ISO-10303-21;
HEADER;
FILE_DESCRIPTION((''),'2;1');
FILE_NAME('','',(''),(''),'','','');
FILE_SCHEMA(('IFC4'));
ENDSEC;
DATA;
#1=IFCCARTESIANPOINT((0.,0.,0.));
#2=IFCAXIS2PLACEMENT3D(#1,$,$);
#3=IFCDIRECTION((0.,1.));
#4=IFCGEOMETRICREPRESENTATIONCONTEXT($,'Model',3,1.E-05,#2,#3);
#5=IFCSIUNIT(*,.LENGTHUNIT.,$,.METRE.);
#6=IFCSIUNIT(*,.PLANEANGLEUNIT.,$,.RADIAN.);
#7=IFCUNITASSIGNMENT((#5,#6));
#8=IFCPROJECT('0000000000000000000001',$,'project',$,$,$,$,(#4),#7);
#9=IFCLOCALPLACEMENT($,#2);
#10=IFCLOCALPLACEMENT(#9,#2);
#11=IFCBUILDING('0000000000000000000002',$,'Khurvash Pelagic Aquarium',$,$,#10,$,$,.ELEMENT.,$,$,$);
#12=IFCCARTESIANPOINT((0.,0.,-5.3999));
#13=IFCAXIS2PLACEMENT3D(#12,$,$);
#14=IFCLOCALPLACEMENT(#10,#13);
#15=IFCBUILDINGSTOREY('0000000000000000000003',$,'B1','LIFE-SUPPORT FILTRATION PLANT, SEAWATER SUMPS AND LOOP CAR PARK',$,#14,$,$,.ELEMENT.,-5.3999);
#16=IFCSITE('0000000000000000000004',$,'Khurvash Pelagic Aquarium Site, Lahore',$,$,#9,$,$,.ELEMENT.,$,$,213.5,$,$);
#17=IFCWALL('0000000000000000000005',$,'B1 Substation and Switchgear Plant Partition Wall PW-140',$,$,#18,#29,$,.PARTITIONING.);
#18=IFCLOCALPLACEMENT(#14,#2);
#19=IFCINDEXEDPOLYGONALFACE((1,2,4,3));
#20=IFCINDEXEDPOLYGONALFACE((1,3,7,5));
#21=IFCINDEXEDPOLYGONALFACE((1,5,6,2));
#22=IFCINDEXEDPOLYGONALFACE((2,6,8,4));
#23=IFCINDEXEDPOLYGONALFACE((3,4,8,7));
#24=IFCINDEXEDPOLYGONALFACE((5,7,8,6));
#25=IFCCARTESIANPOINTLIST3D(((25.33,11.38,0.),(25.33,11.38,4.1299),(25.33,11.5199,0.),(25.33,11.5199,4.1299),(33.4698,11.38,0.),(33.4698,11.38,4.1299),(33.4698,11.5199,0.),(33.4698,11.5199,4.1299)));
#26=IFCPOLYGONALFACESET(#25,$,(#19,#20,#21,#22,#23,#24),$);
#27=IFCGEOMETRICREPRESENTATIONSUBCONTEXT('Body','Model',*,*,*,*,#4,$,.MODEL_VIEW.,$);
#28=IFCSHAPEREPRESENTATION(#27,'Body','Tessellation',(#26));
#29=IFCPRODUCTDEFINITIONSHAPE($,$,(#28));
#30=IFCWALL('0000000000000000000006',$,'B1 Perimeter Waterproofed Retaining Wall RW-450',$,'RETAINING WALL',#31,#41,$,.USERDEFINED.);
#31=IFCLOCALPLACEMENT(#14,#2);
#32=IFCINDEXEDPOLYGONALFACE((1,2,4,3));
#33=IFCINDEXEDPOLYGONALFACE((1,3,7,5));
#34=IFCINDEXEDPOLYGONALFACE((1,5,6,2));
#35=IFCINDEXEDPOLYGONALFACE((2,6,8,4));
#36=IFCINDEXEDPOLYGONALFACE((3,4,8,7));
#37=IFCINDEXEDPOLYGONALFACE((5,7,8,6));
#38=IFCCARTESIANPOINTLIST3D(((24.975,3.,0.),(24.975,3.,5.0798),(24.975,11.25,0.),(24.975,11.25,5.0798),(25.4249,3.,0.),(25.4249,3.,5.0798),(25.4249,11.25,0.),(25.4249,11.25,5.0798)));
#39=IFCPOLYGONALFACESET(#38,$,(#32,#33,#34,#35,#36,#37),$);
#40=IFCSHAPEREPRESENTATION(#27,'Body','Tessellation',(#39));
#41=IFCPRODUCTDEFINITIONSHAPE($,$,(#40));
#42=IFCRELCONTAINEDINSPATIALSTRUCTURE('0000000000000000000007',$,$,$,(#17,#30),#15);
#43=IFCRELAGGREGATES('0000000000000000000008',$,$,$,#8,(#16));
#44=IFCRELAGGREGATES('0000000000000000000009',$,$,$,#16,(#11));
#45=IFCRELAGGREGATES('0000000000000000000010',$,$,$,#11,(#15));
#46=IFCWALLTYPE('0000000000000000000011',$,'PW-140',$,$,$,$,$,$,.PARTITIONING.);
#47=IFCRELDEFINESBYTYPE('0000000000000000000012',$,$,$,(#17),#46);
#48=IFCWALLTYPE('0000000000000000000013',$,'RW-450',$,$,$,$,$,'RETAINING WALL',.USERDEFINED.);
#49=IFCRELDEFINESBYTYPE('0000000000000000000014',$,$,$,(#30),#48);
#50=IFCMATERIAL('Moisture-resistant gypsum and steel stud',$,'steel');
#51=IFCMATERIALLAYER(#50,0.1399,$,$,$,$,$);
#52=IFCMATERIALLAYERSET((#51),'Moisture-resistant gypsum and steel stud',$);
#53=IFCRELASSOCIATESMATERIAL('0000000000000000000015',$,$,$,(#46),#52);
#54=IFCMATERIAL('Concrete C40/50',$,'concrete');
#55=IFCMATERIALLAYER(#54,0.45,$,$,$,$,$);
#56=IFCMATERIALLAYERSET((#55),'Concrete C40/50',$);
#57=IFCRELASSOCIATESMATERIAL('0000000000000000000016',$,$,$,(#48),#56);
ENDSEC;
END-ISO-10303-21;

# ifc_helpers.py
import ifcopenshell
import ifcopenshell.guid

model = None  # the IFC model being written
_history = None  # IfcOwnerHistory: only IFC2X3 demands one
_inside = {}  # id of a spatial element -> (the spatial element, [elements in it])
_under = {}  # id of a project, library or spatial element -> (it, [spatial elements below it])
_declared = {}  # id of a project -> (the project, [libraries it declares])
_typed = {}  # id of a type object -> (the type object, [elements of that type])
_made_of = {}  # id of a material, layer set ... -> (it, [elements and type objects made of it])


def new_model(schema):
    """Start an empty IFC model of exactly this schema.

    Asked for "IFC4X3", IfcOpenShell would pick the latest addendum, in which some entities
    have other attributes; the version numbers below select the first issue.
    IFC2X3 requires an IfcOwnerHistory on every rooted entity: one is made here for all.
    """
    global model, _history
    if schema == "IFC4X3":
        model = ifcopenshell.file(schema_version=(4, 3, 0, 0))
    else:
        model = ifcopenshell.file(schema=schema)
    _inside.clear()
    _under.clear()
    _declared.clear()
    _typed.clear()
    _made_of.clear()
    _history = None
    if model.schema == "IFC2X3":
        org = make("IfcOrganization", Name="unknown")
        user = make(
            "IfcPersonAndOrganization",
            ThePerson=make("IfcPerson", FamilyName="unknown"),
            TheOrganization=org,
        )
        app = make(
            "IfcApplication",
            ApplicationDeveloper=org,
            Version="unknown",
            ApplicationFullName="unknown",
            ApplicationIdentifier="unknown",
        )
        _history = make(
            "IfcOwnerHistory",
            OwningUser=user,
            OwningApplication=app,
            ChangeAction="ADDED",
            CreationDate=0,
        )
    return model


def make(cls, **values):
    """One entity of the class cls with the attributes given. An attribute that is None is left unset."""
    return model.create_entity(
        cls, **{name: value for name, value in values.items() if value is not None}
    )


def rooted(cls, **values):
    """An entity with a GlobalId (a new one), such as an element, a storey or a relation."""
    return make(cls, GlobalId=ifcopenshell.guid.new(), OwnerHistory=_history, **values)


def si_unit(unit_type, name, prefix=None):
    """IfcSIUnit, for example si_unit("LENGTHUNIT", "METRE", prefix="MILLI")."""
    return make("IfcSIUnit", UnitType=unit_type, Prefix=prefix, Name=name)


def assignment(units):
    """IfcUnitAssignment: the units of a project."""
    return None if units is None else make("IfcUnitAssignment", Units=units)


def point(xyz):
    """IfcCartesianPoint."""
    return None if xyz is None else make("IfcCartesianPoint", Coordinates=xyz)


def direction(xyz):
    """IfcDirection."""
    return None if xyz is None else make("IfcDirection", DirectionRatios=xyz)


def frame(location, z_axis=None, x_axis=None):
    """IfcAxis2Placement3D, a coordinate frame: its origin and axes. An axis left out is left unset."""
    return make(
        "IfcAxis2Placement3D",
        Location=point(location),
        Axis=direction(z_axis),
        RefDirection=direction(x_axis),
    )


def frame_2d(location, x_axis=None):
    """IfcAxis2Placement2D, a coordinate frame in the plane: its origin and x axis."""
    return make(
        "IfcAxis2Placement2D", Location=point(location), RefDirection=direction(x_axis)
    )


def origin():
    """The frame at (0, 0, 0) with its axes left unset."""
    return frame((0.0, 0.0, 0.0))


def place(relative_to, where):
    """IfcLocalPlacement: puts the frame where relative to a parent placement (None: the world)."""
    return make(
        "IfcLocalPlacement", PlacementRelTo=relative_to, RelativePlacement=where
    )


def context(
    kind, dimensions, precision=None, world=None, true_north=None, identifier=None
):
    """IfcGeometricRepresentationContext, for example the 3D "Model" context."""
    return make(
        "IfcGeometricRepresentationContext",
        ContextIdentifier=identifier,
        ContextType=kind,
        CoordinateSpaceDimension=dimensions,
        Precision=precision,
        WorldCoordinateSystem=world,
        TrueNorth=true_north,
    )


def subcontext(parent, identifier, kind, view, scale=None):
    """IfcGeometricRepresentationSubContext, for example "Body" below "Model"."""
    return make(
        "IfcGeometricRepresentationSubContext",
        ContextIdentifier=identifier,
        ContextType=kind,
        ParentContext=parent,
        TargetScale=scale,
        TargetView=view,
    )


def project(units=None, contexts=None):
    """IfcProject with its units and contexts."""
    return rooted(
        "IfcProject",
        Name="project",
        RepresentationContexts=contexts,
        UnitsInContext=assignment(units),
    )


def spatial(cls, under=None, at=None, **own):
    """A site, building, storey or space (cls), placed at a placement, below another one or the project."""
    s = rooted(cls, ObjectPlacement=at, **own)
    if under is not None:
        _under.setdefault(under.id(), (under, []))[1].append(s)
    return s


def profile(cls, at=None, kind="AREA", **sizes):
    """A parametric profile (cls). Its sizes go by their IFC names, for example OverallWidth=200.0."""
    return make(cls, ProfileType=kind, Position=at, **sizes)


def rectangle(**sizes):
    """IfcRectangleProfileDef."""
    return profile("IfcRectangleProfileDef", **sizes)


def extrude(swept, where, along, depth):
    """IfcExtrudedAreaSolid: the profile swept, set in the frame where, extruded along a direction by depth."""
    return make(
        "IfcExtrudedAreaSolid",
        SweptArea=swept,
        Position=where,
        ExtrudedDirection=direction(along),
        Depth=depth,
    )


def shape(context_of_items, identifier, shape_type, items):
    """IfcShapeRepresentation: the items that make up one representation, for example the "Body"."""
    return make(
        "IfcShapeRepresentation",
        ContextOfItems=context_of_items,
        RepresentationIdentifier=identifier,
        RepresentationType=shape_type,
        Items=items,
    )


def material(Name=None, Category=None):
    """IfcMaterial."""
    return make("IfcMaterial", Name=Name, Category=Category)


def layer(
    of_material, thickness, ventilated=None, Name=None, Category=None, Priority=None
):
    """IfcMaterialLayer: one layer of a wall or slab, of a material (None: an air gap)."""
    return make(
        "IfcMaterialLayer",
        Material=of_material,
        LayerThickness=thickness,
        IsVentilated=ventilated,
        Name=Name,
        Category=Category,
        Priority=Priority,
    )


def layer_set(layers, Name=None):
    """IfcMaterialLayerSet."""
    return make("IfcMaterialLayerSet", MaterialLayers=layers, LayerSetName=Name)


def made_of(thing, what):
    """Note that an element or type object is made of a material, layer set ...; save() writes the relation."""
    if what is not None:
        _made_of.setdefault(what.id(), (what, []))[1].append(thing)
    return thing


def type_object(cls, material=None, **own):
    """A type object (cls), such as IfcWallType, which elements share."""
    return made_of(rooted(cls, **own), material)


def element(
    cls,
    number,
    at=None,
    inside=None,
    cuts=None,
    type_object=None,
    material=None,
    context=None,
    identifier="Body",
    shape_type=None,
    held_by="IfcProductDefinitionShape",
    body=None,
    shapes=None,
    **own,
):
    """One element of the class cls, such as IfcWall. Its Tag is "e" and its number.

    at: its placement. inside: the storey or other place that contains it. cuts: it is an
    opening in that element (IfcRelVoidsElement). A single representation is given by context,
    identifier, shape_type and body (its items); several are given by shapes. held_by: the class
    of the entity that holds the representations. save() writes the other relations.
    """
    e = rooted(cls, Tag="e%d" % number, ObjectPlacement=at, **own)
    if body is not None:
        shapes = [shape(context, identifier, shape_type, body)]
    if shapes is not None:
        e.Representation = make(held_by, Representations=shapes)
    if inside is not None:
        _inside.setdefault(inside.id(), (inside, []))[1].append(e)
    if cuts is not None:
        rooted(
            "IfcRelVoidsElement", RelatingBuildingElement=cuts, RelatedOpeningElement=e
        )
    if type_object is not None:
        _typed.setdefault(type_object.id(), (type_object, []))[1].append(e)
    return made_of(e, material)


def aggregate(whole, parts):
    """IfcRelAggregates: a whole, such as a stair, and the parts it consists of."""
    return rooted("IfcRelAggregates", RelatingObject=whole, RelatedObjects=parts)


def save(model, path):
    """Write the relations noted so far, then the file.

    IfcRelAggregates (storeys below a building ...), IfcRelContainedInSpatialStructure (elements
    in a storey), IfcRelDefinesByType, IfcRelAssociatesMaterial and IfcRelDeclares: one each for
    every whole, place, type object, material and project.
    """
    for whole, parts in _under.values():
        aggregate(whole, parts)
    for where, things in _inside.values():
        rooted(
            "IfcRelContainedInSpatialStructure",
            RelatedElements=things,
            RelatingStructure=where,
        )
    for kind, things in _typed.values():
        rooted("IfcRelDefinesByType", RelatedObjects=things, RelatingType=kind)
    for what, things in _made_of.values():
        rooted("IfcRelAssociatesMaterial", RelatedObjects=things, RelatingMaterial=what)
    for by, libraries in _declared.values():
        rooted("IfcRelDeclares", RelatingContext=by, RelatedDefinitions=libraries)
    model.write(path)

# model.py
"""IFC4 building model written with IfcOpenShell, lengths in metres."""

from ifc_helpers import new_model, si_unit, direction, frame, frame_2d, origin, place, context, subcontext, project, spatial, rectangle, extrude, material, layer, layer_set, type_object, element, save


model = new_model("IFC4")

# Units and contexts
model_context = context("Model", 3, precision=1e-05, world=origin(), true_north=direction((0.0, 1.0)))
body_context = subcontext(model_context, "Body", "Model", "MODEL_VIEW")
ifc_project = project(units=[si_unit("LENGTHUNIT", "METRE"), si_unit("PLANEANGLEUNIT", "RADIAN")], contexts=[model_context])

# Site, building, storey
site_placement = place(None, origin())
site = spatial("IfcSite", under=ifc_project, at=site_placement, Name="Khurvash Pelagic Aquarium Site, Lahore", CompositionType="ELEMENT", RefElevation=213.5)
building_placement = place(site_placement, origin())
building = spatial("IfcBuilding", under=site, at=building_placement, Name="Khurvash Pelagic Aquarium", CompositionType="ELEMENT")
storey_placement = place(building_placement, frame((0.0, 0.0, -5.3999)))
storey = spatial("IfcBuildingStorey", under=building, at=storey_placement, Name="B1", Description="LIFE-SUPPORT FILTRATION PLANT, SEAWATER SUMPS AND LOOP CAR PARK", CompositionType="ELEMENT", Elevation=-5.3999)

# Shared definitions
ifc_material_1 = material(Name="Concrete C40/50", Category="concrete")

# Walls
ifc_material_2 = material(Name="Moisture-resistant gypsum and steel stud", Category="steel")
ifc_layer_1 = layer(ifc_material_2, 0.1399)
ifc_layer_set_1 = layer_set([ifc_layer_1], Name="Moisture-resistant gypsum and steel stud")
wall_type_1 = type_object("IfcWallType", Name="PW-140", PredefinedType="PARTITIONING", material=ifc_layer_set_1)
wall_1_placement = place(storey_placement, frame((25.3301, 11.45, 0.0), z_axis=(0.0, 0.0, 1.0), x_axis=(1.0, 0.0, 0.0)))
element("IfcWall", 1, at=wall_1_placement, inside=storey, type_object=wall_type_1, Name="B1 Substation and Switchgear Plant Partition Wall PW-140", PredefinedType="PARTITIONING", context=body_context, shape_type="SweptSolid", body=[
    extrude(rectangle(XDim=8.1399, YDim=0.1399, at=frame_2d((4.0698, 0.0))), origin(), (0.0, 0.0, 1.0), 4.1299),
])
ifc_layer_2 = layer(ifc_material_1, 0.45)
ifc_layer_set_2 = layer_set([ifc_layer_2], Name="Concrete C40/50")
wall_type_2 = type_object("IfcWallType", Name="RW-450", ElementType="RETAINING WALL", PredefinedType="USERDEFINED", material=ifc_layer_set_2)
wall_2_placement = place(storey_placement, frame((25.2, 3.0, 0.0), z_axis=(0.0, 0.0, 1.0), x_axis=(0.0, 1.0, 0.0)))
element("IfcWall", 2, at=wall_2_placement, inside=storey, type_object=wall_type_2, Name="B1 Perimeter Waterproofed Retaining Wall RW-450", ObjectType="RETAINING WALL", PredefinedType="USERDEFINED", context=body_context, shape_type="SweptSolid", body=[
    extrude(rectangle(XDim=8.25, YDim=0.45, at=frame_2d((4.125, 0.0))), origin(), (0.0, 0.0, 1.0), 5.0798),
])

save(model, "model.ifc")
